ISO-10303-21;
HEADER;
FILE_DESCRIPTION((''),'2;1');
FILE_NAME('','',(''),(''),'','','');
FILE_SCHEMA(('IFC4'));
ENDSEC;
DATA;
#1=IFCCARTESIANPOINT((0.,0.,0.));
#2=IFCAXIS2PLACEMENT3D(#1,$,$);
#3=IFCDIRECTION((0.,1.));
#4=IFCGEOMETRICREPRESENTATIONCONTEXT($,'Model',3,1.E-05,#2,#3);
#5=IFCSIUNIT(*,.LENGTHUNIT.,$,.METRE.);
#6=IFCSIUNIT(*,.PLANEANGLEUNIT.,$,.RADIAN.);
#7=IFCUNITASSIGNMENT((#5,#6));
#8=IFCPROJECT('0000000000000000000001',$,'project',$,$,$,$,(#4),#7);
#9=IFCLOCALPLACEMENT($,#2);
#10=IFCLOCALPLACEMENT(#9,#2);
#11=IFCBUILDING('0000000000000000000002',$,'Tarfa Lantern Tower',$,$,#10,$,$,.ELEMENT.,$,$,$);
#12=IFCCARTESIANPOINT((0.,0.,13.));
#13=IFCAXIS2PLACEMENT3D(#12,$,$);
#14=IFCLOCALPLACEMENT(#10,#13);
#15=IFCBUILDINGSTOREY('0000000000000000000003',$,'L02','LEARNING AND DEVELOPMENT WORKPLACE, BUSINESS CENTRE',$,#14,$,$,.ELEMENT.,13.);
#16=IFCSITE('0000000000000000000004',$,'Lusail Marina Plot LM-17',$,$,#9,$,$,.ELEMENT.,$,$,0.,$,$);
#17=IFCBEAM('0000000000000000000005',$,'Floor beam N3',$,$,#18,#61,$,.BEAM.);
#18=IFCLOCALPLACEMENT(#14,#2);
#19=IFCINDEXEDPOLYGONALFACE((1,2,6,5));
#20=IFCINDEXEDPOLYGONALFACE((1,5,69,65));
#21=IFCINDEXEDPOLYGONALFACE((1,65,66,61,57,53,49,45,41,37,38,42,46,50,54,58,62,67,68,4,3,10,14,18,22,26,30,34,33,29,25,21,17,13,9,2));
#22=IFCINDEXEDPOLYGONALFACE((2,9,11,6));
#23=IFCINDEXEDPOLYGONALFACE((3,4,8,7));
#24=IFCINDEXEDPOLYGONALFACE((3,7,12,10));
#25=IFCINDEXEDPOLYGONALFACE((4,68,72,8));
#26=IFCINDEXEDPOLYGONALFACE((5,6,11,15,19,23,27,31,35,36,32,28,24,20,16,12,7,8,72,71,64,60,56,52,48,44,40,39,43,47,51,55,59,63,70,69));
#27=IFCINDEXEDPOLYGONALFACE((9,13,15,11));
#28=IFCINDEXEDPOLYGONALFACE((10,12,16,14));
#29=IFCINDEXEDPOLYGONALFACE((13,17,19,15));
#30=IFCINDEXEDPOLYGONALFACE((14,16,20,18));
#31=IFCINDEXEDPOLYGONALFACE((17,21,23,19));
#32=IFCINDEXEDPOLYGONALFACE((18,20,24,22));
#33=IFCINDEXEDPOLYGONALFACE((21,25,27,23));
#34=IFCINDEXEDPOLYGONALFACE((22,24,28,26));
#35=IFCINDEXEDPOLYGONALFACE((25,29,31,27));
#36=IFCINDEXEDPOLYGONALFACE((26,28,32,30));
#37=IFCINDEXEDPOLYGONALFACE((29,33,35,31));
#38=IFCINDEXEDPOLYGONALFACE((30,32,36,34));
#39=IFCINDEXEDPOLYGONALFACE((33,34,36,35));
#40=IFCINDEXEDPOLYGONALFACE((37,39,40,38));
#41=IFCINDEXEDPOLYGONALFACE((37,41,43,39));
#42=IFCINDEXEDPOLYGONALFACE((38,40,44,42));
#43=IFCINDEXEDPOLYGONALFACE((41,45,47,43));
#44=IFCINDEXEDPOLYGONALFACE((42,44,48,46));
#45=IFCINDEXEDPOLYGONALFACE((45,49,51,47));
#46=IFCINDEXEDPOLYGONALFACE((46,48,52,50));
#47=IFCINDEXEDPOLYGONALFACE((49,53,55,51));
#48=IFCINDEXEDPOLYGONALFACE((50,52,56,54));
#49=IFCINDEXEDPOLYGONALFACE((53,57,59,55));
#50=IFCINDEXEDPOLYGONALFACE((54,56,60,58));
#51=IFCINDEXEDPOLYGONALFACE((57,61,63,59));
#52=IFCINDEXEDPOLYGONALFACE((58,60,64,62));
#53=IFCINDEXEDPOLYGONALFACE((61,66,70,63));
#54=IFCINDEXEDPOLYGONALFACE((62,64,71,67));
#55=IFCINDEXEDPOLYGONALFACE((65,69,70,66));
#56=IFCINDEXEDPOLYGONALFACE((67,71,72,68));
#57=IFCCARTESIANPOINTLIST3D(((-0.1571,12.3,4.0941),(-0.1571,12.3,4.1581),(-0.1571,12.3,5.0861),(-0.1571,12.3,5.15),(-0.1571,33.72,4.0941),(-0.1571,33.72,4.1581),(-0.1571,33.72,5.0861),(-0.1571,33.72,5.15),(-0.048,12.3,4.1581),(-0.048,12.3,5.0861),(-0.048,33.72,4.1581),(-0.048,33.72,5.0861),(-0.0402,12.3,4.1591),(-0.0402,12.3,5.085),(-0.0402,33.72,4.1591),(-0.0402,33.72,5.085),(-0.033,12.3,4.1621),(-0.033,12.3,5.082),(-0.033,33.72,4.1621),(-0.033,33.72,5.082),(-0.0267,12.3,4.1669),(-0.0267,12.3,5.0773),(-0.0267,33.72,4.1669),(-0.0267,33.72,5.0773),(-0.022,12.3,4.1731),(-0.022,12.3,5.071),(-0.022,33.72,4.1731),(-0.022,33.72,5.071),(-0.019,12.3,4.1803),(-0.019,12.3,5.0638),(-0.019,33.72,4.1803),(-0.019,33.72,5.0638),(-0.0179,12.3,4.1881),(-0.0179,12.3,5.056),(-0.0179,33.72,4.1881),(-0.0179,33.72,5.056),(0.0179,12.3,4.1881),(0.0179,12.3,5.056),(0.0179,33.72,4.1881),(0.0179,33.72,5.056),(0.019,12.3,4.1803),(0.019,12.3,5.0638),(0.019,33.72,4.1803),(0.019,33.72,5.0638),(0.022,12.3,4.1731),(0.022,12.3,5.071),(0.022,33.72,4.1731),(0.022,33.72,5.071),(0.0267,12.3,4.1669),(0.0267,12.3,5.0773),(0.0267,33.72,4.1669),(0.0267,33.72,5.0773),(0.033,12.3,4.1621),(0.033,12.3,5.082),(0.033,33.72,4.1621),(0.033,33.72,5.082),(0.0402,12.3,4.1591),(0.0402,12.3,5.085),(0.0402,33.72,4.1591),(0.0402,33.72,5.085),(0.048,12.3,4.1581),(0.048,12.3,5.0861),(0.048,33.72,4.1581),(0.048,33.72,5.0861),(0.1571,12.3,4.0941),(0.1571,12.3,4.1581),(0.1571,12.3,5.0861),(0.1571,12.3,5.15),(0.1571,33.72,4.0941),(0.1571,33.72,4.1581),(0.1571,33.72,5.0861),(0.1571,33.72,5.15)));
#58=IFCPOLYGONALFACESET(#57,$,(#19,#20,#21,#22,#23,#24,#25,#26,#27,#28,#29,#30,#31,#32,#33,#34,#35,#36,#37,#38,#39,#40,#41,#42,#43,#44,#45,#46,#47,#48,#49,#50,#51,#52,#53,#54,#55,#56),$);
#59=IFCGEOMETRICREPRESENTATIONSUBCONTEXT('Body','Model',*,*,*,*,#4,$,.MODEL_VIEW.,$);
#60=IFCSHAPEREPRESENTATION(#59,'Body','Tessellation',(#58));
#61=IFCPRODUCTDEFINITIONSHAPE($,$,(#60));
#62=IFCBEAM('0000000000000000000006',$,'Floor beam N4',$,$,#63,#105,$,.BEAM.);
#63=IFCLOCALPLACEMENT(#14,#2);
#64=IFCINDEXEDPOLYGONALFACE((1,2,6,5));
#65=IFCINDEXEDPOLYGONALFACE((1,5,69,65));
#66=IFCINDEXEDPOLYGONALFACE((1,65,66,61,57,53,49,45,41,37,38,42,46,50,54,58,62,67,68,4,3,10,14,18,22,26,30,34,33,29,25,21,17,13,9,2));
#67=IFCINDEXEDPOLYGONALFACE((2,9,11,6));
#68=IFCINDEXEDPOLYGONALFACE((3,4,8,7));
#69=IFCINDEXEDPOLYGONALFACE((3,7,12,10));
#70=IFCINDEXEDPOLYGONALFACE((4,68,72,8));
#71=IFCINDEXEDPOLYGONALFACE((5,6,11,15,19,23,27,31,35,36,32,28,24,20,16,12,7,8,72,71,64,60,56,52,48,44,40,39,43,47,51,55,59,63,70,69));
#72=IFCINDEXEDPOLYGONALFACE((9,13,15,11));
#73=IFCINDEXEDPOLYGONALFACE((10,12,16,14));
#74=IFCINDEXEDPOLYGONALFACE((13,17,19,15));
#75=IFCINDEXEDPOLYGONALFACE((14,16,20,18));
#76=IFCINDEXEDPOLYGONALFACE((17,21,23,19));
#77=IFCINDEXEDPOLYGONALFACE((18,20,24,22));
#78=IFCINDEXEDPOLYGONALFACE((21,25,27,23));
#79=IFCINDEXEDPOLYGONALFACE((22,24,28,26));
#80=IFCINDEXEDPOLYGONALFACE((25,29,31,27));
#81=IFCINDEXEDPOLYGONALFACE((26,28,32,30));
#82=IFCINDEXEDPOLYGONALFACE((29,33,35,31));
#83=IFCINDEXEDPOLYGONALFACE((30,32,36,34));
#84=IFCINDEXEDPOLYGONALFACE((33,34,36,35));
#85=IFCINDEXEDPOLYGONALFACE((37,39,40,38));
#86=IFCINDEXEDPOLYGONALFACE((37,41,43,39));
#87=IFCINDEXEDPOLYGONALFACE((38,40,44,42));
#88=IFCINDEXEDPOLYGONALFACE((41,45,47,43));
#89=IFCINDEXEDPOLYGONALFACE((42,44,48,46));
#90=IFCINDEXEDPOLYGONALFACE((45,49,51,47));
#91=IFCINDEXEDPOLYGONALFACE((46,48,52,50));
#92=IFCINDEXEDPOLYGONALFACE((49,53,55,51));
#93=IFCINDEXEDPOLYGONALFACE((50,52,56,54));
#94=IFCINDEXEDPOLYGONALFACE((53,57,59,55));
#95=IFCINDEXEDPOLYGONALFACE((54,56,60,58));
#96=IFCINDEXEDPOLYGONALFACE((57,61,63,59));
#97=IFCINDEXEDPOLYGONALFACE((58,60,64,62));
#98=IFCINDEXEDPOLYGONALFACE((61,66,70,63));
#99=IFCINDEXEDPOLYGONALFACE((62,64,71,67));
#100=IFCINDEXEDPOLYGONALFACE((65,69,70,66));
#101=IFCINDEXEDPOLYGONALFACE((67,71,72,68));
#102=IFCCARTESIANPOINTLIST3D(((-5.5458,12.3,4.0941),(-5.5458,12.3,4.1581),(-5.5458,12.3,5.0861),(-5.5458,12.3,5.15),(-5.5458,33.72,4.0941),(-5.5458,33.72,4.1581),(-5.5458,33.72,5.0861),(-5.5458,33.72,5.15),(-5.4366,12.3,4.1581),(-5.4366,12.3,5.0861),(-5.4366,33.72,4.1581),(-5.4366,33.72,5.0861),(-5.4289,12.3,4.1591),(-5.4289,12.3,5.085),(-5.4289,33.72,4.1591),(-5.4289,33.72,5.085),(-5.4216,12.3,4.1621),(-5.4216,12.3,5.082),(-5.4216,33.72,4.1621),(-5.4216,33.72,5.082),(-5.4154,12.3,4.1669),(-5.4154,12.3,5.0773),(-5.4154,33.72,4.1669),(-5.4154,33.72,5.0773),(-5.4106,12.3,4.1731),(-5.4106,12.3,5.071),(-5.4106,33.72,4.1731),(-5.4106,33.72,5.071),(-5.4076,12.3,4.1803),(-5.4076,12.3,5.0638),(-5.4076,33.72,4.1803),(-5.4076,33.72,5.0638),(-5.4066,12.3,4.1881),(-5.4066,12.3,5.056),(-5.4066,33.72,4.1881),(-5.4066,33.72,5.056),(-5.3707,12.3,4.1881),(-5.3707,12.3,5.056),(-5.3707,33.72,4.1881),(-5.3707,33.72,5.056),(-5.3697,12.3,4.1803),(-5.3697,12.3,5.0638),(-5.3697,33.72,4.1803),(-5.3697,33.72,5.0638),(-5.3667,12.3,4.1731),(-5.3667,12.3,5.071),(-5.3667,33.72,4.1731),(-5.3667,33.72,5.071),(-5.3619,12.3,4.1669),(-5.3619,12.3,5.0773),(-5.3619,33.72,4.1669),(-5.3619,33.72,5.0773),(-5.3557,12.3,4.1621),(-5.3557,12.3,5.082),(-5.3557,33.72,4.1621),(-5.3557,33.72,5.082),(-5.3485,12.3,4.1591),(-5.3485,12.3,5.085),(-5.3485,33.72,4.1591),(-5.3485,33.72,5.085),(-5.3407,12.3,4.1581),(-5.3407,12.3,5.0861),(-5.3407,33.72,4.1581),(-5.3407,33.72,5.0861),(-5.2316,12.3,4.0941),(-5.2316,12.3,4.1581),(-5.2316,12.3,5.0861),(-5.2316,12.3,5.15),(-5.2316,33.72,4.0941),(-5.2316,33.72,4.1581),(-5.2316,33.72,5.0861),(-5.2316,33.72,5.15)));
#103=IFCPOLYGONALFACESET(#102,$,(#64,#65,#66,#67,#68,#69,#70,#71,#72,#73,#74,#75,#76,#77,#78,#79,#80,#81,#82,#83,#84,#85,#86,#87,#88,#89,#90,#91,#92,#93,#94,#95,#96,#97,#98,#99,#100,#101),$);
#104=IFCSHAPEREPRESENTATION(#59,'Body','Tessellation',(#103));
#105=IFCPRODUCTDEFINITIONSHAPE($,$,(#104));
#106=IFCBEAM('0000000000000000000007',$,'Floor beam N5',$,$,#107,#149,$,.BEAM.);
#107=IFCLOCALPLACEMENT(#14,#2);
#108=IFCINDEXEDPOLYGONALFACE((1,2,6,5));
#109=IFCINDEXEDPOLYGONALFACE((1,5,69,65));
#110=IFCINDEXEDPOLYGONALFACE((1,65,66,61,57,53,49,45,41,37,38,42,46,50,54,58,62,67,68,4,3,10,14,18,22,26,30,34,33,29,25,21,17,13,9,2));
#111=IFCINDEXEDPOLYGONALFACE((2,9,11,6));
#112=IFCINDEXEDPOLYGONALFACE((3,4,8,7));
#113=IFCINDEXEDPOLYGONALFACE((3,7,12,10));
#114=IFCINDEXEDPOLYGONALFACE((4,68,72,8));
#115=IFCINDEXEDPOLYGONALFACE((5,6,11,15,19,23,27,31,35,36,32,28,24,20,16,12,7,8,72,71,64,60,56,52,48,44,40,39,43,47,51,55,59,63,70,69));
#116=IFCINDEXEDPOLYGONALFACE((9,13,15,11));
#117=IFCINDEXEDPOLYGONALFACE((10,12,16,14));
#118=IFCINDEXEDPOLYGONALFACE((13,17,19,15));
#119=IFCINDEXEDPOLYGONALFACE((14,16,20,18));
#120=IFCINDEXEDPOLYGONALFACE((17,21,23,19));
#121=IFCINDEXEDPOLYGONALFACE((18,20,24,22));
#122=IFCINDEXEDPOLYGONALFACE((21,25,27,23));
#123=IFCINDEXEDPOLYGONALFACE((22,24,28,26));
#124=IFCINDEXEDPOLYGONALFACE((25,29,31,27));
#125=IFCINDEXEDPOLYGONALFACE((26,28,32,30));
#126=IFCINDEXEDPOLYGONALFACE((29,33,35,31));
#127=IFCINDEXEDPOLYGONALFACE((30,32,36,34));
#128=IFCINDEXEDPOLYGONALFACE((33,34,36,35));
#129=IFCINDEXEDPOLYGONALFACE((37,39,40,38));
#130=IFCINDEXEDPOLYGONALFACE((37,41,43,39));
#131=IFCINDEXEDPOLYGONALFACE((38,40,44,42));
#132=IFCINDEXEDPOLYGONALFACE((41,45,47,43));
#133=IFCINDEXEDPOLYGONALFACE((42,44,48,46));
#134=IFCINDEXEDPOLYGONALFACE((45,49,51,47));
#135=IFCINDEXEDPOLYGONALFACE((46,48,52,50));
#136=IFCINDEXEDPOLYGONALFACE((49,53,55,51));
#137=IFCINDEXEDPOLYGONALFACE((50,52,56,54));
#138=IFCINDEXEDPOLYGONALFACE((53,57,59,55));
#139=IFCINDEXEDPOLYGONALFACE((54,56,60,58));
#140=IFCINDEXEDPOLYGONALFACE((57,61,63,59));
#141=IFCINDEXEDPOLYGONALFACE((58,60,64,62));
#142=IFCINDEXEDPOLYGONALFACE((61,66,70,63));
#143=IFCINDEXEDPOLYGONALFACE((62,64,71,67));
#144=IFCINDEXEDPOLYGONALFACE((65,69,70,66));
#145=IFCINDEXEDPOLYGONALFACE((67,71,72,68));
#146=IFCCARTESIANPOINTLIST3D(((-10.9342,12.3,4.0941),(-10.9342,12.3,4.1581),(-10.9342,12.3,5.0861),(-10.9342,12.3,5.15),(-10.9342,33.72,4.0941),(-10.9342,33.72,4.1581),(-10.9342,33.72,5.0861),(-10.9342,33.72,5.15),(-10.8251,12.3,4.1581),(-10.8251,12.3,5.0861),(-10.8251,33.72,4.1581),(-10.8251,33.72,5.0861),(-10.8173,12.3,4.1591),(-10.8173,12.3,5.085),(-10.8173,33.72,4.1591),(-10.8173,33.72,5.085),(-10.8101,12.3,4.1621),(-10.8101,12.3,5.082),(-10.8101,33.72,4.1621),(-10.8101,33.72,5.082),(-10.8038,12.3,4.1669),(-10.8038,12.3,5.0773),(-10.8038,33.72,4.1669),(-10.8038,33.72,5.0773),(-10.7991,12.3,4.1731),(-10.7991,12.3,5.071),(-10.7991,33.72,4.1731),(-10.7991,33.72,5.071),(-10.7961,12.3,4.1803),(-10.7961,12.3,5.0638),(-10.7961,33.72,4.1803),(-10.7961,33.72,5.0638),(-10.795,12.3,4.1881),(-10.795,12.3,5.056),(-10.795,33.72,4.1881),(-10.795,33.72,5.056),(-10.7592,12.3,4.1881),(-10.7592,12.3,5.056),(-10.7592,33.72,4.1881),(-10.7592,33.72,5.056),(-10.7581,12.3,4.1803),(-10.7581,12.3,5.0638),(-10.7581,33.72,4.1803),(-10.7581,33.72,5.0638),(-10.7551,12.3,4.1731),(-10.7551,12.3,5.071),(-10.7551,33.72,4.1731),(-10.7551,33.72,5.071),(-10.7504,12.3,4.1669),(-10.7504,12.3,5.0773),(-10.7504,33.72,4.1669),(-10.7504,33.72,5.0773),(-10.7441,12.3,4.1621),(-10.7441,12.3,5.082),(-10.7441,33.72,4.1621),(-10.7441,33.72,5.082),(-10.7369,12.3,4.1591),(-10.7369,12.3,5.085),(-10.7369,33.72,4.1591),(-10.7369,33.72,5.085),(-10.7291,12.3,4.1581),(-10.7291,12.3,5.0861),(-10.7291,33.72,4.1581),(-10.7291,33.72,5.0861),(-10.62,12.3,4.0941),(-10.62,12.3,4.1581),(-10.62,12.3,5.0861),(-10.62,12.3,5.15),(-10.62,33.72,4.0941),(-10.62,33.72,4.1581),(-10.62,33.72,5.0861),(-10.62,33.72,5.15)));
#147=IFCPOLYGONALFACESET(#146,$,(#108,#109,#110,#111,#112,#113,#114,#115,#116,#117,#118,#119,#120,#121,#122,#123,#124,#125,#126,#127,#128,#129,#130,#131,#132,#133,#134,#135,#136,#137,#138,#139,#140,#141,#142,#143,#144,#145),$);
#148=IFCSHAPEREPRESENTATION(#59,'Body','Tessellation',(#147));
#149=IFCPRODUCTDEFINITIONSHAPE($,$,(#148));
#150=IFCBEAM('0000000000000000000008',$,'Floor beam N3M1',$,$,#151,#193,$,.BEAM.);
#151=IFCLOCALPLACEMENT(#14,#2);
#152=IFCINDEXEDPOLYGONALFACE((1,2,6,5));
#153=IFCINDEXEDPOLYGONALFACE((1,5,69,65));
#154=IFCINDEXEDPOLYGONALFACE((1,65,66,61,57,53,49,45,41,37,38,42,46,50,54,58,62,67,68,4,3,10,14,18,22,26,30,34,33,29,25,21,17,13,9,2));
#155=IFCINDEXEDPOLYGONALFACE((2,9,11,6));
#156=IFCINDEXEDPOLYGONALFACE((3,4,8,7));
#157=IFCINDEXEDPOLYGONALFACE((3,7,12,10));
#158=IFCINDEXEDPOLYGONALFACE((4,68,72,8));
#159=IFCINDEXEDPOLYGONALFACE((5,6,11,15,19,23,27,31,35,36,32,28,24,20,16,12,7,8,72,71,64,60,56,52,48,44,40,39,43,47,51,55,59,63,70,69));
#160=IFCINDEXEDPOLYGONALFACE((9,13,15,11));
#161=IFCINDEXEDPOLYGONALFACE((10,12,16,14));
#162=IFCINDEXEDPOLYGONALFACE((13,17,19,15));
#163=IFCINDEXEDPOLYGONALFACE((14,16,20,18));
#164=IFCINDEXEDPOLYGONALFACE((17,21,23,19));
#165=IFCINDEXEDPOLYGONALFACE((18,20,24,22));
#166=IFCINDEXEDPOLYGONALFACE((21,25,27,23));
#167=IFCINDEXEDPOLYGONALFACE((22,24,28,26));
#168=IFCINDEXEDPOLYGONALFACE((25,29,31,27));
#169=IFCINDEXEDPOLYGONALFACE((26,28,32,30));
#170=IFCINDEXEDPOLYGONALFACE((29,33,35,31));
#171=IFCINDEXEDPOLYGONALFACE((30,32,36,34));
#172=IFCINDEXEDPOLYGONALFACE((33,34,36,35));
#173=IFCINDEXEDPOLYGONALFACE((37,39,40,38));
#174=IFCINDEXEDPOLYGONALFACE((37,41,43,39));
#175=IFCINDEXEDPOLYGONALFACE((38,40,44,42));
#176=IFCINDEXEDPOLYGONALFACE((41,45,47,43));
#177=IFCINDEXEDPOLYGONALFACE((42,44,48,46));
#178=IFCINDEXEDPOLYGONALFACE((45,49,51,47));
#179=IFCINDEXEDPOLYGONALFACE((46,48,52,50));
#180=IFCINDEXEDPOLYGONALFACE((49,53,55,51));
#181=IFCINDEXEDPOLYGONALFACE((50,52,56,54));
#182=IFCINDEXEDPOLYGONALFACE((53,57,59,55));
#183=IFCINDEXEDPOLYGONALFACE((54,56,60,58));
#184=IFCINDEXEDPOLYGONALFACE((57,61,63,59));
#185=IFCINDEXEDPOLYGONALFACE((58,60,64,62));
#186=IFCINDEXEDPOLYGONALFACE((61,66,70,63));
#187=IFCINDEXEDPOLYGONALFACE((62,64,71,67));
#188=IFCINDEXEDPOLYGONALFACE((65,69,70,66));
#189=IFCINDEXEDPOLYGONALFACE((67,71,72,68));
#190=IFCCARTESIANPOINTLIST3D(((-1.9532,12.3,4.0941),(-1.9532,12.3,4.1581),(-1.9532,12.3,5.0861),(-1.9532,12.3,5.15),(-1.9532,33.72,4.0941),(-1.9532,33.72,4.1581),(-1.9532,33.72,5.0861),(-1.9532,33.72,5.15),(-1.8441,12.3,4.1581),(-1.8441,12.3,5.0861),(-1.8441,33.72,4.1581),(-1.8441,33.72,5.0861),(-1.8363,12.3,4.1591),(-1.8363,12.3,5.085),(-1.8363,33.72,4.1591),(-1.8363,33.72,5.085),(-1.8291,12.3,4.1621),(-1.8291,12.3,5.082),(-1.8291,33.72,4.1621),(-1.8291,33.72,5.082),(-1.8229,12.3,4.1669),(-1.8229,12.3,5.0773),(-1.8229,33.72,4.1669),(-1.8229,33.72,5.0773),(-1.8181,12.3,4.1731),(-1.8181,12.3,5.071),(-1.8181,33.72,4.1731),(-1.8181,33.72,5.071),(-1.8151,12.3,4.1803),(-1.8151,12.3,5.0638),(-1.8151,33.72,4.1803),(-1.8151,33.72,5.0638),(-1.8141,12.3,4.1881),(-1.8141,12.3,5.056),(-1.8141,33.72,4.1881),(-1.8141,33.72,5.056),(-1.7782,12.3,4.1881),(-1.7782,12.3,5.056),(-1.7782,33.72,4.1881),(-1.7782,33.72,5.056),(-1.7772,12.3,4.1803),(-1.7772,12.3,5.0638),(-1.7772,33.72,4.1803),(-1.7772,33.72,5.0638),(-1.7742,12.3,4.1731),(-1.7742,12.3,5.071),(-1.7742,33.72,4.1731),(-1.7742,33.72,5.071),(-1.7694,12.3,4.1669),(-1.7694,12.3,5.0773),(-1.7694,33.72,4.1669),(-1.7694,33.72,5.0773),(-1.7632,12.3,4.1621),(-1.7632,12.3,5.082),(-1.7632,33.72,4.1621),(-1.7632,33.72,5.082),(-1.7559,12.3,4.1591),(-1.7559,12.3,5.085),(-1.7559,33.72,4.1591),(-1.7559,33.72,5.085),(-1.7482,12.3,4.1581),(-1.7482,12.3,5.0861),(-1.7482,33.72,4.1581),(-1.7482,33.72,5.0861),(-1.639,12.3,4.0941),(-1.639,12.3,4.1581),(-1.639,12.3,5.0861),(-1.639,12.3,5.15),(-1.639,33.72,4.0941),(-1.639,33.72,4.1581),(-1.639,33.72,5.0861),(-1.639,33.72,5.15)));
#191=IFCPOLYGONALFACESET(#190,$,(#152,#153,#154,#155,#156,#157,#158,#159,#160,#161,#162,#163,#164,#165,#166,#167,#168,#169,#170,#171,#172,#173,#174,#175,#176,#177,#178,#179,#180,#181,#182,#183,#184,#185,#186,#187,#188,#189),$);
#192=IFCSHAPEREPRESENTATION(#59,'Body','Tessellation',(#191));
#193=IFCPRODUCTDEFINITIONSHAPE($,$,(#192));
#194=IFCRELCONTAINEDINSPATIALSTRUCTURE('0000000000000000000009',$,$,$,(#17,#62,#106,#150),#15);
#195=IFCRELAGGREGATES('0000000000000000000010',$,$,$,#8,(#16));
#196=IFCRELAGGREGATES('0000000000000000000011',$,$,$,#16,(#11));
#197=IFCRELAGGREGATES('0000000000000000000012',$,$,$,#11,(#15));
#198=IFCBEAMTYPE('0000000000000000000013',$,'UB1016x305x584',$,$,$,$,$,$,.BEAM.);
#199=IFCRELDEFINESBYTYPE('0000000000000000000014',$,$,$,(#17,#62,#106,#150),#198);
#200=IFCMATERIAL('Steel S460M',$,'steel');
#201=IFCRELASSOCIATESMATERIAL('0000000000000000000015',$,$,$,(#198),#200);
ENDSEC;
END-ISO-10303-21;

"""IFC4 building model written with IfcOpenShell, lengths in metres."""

from ifc_helpers import new_model, si_unit, direction, frame, origin, origin_2d, place, context, subcontext, project, spatial, i_section, extrude, material, material_profile, profile_set, type_object, element, save


model = new_model("IFC4")

# Units and contexts
model_context = context("Model", 3, precision=1e-05, world=origin(), true_north=direction((0.0, 1.0)))
body_context = subcontext(model_context, "Body", "Model", "MODEL_VIEW")
ifc_project = project(units=[si_unit("LENGTHUNIT", "METRE"), si_unit("PLANEANGLEUNIT", "RADIAN")], contexts=[model_context])

# Site, building, storey
site_placement = place(None, origin())
site = spatial("IfcSite", under=ifc_project, at=site_placement, Name="Lusail Marina Plot LM-17", CompositionType="ELEMENT", RefElevation=0.0)
building_placement = place(site_placement, origin())
building = spatial("IfcBuilding", under=site, at=building_placement, Name="Tarfa Lantern Tower", CompositionType="ELEMENT")
storey_placement = place(building_placement, frame((0.0, 0.0, 13.0)))
storey = spatial("IfcBuildingStorey", under=building, at=storey_placement, Name="L02", Description="LEARNING AND DEVELOPMENT WORKPLACE, BUSINESS CENTRE", CompositionType="ELEMENT", Elevation=13.0)

# Beams
ifc_material_1 = material(Name="Steel S460M", Category="steel")
ifc_material_profile_1 = material_profile(ifc_material_1, i_section(OverallWidth=0.3142, OverallDepth=1.0559, WebThickness=0.0359, FlangeThickness=0.064, FilletRadius=0.03, at=origin_2d()), Name="UB1016x305x584")
ifc_profile_set_1 = profile_set([ifc_material_profile_1], Name="Steel S460M")
beam_type_1 = type_object("IfcBeamType", Name="UB1016x305x584", PredefinedType="BEAM", material=ifc_profile_set_1)
for number, where, z_axis, x_axis, name in (
    (1, (0.0, 33.72, 4.6221), (0.0, -1.0, 0.0), (1.0, 0.0, 0.0), "Floor beam N3"),
    (2, (-5.3887, 33.72, 4.6221), (0.0, -1.0, 0.0), (1.0, 0.0, 0.0), "Floor beam N4"),
    (3, (-10.7771, 33.72, 4.6221), (0.0, -1.0, 0.0), (1.0, 0.0, 0.0), "Floor beam N5"),
    (4, (-1.7961, 33.72, 4.6221), (0.0, -1.0, 0.0), (1.0, 0.0, 0.0), "Floor beam N3M1"),
):
    element("IfcBeam", number, at=place(storey_placement, frame(where, z_axis=z_axis, x_axis=x_axis)), inside=storey, type_object=beam_type_1, Name=name, PredefinedType="BEAM", context=body_context, shape_type="SweptSolid", body=[
        extrude(i_section(OverallWidth=0.3142, OverallDepth=1.0559, WebThickness=0.0359, FlangeThickness=0.064, FilletRadius=0.03, at=origin_2d()), origin(), (0.0, 0.0, 1.0), 21.4199),
    ])

save(model, "model.ifc")
